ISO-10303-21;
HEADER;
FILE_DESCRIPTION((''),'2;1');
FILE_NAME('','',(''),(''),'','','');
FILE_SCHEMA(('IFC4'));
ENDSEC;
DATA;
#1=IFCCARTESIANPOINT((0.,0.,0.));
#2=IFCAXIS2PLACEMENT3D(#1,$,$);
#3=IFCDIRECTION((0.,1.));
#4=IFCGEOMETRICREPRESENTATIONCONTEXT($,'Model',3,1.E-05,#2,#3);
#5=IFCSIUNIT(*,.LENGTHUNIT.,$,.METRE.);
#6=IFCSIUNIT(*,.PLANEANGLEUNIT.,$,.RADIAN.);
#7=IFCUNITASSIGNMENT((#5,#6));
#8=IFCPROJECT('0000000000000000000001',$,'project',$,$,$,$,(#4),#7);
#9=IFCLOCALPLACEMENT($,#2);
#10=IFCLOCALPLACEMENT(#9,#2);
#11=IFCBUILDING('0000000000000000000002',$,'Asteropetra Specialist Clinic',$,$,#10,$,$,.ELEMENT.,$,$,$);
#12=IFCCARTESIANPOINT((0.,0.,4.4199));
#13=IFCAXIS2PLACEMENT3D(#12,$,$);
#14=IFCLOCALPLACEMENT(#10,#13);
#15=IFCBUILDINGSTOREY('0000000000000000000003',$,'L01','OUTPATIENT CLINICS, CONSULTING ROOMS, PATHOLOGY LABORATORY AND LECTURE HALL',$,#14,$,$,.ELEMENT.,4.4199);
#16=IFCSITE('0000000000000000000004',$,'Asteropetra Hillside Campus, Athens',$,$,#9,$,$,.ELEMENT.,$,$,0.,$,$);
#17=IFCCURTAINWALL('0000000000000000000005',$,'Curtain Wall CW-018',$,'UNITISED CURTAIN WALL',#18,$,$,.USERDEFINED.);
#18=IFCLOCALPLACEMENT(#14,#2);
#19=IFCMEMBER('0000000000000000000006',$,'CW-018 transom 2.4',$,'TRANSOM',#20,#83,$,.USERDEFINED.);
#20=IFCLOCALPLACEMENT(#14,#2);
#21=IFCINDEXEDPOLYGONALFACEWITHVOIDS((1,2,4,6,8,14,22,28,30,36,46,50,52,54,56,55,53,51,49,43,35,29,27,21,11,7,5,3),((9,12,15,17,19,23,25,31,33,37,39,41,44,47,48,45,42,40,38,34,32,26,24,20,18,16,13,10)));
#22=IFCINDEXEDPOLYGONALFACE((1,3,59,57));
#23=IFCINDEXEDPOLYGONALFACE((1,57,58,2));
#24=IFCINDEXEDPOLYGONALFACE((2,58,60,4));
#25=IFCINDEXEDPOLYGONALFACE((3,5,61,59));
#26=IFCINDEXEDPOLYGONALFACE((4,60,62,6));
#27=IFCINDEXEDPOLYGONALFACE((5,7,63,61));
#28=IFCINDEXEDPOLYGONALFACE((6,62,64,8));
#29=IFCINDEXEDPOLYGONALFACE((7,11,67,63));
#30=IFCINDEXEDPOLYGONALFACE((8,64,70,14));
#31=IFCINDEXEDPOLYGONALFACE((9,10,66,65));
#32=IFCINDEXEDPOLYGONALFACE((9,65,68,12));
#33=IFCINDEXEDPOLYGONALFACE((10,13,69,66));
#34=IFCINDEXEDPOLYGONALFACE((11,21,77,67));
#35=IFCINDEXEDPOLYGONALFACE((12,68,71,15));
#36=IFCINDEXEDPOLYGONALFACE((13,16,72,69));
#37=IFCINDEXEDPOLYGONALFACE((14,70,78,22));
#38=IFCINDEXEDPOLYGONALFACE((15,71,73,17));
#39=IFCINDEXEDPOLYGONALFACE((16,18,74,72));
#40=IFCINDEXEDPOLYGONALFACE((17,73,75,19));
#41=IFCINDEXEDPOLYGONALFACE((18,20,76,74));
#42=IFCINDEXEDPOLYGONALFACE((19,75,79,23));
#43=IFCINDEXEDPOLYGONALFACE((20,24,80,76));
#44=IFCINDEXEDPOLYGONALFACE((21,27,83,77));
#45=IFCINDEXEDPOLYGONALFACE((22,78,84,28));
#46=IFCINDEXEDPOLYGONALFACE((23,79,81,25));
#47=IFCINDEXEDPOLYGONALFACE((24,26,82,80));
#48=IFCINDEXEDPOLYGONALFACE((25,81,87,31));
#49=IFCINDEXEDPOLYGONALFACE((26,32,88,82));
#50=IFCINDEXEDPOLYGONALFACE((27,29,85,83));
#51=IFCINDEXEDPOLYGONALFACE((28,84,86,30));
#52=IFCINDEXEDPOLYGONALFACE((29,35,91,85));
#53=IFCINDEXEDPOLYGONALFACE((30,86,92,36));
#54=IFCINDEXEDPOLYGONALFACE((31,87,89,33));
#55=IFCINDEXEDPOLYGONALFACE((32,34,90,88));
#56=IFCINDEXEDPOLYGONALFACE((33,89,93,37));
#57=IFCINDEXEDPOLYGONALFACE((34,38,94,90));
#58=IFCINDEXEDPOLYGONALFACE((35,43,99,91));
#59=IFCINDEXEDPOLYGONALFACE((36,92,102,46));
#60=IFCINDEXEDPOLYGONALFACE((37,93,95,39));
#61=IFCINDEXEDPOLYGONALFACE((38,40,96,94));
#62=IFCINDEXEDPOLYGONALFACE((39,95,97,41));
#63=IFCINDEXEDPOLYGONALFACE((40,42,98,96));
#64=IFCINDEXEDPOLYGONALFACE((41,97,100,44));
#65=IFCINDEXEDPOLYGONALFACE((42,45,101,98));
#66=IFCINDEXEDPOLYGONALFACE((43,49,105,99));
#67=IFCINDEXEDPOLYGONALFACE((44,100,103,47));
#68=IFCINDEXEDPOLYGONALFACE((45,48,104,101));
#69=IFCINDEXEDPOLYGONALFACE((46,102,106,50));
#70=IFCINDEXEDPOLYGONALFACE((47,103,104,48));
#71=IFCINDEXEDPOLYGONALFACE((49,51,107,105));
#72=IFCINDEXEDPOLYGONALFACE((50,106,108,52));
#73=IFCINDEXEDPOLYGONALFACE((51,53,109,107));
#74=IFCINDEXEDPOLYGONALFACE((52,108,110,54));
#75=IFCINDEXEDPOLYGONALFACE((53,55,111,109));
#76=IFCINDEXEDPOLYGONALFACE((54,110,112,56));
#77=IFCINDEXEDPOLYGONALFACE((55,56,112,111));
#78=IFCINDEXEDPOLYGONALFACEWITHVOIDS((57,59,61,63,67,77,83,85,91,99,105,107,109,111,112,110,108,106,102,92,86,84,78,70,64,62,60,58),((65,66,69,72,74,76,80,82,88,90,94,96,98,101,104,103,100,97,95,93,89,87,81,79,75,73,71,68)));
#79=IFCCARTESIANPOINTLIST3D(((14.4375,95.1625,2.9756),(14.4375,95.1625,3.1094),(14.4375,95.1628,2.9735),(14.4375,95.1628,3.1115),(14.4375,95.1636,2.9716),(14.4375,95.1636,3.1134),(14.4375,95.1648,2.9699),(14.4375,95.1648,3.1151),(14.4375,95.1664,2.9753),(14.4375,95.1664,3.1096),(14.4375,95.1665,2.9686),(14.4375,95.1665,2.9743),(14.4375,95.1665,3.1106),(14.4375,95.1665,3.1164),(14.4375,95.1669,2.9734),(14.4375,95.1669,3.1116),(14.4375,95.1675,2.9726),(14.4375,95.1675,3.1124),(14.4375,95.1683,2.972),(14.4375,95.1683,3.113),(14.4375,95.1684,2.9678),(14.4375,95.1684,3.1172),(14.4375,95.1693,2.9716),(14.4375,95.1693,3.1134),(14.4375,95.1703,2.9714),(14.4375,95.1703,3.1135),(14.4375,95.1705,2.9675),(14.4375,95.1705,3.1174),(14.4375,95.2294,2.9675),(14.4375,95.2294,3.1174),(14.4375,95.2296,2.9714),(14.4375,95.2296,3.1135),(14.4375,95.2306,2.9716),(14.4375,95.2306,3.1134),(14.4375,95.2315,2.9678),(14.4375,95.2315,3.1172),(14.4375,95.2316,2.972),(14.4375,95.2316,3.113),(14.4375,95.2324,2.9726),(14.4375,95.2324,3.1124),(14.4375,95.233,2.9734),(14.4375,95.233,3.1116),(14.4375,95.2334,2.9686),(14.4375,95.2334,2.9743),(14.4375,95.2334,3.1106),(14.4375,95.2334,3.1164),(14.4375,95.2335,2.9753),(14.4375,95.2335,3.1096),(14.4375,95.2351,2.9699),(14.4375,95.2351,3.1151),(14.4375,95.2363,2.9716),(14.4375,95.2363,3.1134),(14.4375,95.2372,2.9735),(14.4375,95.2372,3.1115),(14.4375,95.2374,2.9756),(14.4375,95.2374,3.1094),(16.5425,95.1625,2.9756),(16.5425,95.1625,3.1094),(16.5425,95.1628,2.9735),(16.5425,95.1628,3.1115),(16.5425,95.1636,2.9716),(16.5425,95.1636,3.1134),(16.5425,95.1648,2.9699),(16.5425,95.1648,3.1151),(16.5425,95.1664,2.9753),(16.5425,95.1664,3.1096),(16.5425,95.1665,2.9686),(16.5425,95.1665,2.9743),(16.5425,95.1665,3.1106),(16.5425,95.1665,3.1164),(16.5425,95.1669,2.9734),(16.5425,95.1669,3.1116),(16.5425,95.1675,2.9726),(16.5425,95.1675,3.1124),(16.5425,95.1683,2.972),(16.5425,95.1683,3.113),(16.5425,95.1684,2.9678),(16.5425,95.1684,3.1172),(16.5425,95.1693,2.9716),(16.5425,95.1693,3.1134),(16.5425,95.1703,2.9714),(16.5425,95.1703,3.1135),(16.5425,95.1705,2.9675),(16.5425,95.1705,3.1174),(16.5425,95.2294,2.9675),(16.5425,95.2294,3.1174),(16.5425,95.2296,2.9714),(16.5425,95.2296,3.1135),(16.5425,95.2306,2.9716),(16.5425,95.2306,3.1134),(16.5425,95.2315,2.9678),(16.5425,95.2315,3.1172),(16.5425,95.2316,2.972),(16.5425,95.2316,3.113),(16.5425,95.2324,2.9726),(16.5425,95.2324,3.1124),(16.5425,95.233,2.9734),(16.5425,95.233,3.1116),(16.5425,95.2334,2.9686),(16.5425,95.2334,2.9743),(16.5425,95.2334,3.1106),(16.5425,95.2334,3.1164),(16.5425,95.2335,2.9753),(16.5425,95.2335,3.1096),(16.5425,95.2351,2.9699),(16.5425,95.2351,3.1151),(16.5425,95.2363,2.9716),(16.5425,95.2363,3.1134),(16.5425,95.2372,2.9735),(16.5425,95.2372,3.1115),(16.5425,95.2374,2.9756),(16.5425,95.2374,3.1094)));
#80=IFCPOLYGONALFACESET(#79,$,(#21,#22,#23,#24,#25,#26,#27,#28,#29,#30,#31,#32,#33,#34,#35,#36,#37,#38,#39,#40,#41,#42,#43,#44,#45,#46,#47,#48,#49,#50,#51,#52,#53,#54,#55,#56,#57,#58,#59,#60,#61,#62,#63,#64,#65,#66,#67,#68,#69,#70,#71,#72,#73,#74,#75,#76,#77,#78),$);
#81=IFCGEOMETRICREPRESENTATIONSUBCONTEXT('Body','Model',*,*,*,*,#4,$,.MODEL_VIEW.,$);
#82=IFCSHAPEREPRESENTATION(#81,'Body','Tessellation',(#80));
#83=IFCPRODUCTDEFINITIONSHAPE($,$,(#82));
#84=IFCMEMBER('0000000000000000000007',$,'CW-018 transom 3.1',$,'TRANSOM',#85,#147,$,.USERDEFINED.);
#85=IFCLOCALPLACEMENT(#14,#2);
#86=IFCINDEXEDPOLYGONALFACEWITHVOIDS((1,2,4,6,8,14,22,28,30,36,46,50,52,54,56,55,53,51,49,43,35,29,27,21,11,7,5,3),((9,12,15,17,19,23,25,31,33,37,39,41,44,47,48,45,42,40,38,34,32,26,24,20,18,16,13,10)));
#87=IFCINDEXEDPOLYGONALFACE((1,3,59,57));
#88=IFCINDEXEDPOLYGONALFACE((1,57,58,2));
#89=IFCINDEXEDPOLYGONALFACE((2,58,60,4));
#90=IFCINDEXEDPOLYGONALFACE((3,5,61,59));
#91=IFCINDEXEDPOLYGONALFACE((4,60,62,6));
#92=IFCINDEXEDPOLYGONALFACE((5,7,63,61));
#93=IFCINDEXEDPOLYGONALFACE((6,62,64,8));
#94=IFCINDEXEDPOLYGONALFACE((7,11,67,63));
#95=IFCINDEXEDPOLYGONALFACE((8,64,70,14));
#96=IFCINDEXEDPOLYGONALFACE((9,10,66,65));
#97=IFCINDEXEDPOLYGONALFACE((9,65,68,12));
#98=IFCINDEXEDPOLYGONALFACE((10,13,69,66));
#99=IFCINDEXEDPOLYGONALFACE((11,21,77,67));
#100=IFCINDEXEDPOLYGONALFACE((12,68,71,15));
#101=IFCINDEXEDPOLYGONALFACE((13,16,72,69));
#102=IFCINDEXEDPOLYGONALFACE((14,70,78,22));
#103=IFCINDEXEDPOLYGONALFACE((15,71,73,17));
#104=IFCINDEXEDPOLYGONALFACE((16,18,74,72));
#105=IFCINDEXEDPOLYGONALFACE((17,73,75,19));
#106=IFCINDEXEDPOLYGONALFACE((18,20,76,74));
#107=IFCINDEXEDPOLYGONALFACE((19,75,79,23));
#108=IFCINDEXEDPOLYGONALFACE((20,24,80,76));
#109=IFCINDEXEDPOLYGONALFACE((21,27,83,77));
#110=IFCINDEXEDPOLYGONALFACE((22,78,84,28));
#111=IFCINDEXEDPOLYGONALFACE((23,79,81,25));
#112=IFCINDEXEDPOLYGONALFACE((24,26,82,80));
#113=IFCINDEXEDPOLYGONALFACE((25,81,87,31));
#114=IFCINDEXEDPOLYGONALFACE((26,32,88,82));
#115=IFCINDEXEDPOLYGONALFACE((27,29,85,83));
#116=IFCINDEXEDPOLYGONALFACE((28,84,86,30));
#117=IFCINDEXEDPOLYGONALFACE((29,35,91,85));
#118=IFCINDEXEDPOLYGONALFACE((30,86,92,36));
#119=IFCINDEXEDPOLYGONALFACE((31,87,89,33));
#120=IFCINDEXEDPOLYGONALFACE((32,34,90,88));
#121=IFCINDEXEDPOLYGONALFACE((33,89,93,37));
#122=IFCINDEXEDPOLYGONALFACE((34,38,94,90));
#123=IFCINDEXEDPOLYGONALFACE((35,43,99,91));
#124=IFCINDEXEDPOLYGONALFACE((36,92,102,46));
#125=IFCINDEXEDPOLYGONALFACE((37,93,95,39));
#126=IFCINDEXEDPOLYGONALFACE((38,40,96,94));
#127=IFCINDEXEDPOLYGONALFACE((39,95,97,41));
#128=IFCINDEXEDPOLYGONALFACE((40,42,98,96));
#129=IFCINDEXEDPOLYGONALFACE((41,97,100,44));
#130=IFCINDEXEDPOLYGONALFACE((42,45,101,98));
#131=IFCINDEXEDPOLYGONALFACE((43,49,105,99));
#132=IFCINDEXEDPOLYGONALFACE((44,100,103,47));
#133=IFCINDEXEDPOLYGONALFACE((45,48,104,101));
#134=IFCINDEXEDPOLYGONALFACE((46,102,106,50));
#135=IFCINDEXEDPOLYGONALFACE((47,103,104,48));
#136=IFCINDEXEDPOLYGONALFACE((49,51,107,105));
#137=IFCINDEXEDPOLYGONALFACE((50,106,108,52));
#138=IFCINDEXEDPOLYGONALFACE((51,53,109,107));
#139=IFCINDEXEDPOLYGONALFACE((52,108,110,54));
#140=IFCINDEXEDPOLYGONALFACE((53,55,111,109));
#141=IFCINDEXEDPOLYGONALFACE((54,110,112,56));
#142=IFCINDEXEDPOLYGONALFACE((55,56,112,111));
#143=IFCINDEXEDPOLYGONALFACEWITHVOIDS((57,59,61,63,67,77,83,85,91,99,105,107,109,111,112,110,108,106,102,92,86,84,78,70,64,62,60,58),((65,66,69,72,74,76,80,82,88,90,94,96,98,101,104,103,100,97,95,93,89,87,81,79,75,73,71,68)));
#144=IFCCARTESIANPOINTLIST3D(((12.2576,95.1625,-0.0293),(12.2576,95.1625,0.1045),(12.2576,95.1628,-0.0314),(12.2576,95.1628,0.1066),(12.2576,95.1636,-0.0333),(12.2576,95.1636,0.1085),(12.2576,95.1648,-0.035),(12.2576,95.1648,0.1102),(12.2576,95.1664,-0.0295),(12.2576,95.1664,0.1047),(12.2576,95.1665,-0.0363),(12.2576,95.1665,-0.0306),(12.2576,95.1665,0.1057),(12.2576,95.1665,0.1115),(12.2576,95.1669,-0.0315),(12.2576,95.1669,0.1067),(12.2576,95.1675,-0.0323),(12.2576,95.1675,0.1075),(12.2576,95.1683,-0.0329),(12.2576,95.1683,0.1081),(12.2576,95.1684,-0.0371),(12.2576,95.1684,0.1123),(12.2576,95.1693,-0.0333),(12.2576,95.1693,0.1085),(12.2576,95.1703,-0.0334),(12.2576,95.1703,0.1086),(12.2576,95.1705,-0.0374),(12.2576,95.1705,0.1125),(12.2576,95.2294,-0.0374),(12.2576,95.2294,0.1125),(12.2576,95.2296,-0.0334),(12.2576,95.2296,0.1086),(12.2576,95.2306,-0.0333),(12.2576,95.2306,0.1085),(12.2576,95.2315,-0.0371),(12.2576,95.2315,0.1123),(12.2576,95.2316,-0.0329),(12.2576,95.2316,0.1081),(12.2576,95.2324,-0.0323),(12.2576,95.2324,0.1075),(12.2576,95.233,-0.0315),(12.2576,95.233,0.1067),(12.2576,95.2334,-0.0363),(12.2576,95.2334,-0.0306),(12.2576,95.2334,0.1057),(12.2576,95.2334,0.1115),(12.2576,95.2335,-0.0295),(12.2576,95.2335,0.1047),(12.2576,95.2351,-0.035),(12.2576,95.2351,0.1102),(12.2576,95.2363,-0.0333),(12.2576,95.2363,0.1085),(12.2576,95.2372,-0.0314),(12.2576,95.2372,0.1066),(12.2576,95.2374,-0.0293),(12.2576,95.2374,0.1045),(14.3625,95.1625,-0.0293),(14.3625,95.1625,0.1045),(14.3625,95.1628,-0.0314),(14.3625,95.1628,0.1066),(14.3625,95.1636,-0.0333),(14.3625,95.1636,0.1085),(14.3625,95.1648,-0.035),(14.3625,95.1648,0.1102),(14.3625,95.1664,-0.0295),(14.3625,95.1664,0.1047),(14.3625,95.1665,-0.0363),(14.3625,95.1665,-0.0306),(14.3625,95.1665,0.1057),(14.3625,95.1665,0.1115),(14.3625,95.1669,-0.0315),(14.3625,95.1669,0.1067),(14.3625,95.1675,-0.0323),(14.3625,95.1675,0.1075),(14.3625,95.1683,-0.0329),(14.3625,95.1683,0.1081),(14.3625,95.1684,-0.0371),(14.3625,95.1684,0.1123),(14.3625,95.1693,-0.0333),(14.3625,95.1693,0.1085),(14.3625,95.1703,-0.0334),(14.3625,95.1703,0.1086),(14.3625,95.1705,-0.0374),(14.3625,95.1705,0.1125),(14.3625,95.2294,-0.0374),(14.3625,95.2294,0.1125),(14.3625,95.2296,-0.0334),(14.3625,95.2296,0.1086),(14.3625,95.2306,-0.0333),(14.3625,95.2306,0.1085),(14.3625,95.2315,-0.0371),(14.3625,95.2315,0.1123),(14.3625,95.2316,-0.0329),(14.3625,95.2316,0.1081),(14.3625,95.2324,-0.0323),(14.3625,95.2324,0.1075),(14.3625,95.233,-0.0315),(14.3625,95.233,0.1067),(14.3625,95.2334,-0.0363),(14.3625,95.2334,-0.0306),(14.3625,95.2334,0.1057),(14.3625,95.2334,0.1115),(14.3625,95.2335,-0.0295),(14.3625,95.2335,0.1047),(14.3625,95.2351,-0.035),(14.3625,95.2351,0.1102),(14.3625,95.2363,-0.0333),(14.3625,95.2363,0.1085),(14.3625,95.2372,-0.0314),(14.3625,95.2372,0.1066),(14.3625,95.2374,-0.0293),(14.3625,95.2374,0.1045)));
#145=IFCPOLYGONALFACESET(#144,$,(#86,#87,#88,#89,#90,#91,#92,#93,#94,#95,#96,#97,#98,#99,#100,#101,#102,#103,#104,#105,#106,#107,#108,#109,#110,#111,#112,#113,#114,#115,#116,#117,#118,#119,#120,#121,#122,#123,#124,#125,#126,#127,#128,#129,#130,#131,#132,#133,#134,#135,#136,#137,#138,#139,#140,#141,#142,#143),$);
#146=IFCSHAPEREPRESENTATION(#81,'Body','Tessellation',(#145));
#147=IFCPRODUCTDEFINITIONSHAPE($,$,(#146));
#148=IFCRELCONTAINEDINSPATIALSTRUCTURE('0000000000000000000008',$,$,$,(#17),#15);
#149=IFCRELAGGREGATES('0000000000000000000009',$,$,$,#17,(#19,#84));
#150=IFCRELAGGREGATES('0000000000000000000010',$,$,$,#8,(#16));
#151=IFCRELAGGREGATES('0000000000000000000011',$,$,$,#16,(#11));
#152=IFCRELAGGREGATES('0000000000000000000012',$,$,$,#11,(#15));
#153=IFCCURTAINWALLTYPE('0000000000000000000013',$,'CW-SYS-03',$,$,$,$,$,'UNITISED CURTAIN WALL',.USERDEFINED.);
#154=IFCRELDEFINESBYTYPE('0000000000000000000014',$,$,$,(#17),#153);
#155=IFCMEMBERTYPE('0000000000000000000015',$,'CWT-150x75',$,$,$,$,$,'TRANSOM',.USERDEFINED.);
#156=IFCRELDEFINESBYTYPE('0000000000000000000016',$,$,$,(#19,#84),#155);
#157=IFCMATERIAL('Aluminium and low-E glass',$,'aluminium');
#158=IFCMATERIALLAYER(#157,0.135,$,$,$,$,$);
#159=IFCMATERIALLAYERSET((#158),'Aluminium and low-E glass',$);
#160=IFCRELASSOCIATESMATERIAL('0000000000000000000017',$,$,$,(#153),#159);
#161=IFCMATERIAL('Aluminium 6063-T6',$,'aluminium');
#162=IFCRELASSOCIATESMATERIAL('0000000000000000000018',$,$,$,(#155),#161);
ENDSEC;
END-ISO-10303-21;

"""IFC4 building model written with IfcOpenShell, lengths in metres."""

from ifc_helpers import new_model, si_unit, direction, frame, origin, origin_2d, place, context, subcontext, project, spatial, hollow_rectangle, extrude, material, layer, layer_set, material_profile, profile_set, type_object, element, aggregate, save


model = new_model("IFC4")

# Units and contexts
model_context = context("Model", 3, precision=1e-05, world=origin(), true_north=direction((0.0, 1.0)))
body_context = subcontext(model_context, "Body", "Model", "MODEL_VIEW")
ifc_project = project(units=[si_unit("LENGTHUNIT", "METRE"), si_unit("PLANEANGLEUNIT", "RADIAN")], contexts=[model_context])

# Site, building, storey
site_placement = place(None, origin())
site = spatial("IfcSite", under=ifc_project, at=site_placement, Name="Asteropetra Hillside Campus, Athens", CompositionType="ELEMENT", RefElevation=0.0)
building_placement = place(site_placement, origin())
building = spatial("IfcBuilding", under=site, at=building_placement, Name="Asteropetra Specialist Clinic", CompositionType="ELEMENT")
storey_placement = place(building_placement, frame((0.0, 0.0, 4.4199)))
storey = spatial("IfcBuildingStorey", under=building, at=storey_placement, Name="L01", Description="OUTPATIENT CLINICS, CONSULTING ROOMS, PATHOLOGY LABORATORY AND LECTURE HALL", CompositionType="ELEMENT", Elevation=4.4199)

# Curtain wall, members
ifc_material_1 = material(Name="Aluminium and low-E glass", Category="aluminium")
ifc_layer_1 = layer(ifc_material_1, 0.135)
ifc_layer_set_1 = layer_set([ifc_layer_1], Name="Aluminium and low-E glass")
curtain_wall_type = type_object("IfcCurtainWallType", Name="CW-SYS-03", ElementType="UNITISED CURTAIN WALL", PredefinedType="USERDEFINED", material=ifc_layer_set_1)
curtain_wall_placement = place(storey_placement, origin())
curtain_wall = element("IfcCurtainWall", 1, at=curtain_wall_placement, inside=storey, type_object=curtain_wall_type, Name="Curtain Wall CW-018", ObjectType="UNITISED CURTAIN WALL", PredefinedType="USERDEFINED")
ifc_material_2 = material(Name="Aluminium 6063-T6", Category="aluminium")
ifc_material_profile_1 = material_profile(ifc_material_2, hollow_rectangle(XDim=0.075, YDim=0.1499, WallThickness=0.0039, InnerFilletRadius=0.0039, OuterFilletRadius=0.0081, at=origin_2d()), Name="TRN 150x75x4.0")
ifc_profile_set_1 = profile_set([ifc_material_profile_1], Name="Aluminium 6063-T6")
member_type_1 = type_object("IfcMemberType", Name="CWT-150x75", ElementType="TRANSOM", PredefinedType="USERDEFINED", material=ifc_profile_set_1)
member_1_placement = place(storey_placement, frame((16.5425, 95.2, 3.0425), z_axis=(-1.0, 0.0, 0.0), x_axis=(0.0, -1.0, 0.0)))
member_1 = element("IfcMember", 2, at=member_1_placement, type_object=member_type_1, Name="CW-018 transom 2.4", ObjectType="TRANSOM", PredefinedType="USERDEFINED", context=body_context, shape_type="SweptSolid", body=[
    extrude(hollow_rectangle(XDim=0.075, YDim=0.1499, WallThickness=0.0039, InnerFilletRadius=0.0039, OuterFilletRadius=0.0081, at=origin_2d()), origin(), (0.0, 0.0, 1.0), 2.105),
])
member_2_placement = place(storey_placement, frame((14.3625, 95.2, 0.0376), z_axis=(-1.0, 0.0, 0.0), x_axis=(0.0, -1.0, 0.0)))
member_2 = element("IfcMember", 3, at=member_2_placement, type_object=member_type_1, Name="CW-018 transom 3.1", ObjectType="TRANSOM", PredefinedType="USERDEFINED", context=body_context, shape_type="SweptSolid", body=[
    extrude(hollow_rectangle(XDim=0.075, YDim=0.1499, WallThickness=0.0039, InnerFilletRadius=0.0039, OuterFilletRadius=0.0081, at=origin_2d()), origin(), (0.0, 0.0, 1.0), 2.105),
])
aggregate(curtain_wall, [member_1, member_2])

save(model, "model.ifc")
